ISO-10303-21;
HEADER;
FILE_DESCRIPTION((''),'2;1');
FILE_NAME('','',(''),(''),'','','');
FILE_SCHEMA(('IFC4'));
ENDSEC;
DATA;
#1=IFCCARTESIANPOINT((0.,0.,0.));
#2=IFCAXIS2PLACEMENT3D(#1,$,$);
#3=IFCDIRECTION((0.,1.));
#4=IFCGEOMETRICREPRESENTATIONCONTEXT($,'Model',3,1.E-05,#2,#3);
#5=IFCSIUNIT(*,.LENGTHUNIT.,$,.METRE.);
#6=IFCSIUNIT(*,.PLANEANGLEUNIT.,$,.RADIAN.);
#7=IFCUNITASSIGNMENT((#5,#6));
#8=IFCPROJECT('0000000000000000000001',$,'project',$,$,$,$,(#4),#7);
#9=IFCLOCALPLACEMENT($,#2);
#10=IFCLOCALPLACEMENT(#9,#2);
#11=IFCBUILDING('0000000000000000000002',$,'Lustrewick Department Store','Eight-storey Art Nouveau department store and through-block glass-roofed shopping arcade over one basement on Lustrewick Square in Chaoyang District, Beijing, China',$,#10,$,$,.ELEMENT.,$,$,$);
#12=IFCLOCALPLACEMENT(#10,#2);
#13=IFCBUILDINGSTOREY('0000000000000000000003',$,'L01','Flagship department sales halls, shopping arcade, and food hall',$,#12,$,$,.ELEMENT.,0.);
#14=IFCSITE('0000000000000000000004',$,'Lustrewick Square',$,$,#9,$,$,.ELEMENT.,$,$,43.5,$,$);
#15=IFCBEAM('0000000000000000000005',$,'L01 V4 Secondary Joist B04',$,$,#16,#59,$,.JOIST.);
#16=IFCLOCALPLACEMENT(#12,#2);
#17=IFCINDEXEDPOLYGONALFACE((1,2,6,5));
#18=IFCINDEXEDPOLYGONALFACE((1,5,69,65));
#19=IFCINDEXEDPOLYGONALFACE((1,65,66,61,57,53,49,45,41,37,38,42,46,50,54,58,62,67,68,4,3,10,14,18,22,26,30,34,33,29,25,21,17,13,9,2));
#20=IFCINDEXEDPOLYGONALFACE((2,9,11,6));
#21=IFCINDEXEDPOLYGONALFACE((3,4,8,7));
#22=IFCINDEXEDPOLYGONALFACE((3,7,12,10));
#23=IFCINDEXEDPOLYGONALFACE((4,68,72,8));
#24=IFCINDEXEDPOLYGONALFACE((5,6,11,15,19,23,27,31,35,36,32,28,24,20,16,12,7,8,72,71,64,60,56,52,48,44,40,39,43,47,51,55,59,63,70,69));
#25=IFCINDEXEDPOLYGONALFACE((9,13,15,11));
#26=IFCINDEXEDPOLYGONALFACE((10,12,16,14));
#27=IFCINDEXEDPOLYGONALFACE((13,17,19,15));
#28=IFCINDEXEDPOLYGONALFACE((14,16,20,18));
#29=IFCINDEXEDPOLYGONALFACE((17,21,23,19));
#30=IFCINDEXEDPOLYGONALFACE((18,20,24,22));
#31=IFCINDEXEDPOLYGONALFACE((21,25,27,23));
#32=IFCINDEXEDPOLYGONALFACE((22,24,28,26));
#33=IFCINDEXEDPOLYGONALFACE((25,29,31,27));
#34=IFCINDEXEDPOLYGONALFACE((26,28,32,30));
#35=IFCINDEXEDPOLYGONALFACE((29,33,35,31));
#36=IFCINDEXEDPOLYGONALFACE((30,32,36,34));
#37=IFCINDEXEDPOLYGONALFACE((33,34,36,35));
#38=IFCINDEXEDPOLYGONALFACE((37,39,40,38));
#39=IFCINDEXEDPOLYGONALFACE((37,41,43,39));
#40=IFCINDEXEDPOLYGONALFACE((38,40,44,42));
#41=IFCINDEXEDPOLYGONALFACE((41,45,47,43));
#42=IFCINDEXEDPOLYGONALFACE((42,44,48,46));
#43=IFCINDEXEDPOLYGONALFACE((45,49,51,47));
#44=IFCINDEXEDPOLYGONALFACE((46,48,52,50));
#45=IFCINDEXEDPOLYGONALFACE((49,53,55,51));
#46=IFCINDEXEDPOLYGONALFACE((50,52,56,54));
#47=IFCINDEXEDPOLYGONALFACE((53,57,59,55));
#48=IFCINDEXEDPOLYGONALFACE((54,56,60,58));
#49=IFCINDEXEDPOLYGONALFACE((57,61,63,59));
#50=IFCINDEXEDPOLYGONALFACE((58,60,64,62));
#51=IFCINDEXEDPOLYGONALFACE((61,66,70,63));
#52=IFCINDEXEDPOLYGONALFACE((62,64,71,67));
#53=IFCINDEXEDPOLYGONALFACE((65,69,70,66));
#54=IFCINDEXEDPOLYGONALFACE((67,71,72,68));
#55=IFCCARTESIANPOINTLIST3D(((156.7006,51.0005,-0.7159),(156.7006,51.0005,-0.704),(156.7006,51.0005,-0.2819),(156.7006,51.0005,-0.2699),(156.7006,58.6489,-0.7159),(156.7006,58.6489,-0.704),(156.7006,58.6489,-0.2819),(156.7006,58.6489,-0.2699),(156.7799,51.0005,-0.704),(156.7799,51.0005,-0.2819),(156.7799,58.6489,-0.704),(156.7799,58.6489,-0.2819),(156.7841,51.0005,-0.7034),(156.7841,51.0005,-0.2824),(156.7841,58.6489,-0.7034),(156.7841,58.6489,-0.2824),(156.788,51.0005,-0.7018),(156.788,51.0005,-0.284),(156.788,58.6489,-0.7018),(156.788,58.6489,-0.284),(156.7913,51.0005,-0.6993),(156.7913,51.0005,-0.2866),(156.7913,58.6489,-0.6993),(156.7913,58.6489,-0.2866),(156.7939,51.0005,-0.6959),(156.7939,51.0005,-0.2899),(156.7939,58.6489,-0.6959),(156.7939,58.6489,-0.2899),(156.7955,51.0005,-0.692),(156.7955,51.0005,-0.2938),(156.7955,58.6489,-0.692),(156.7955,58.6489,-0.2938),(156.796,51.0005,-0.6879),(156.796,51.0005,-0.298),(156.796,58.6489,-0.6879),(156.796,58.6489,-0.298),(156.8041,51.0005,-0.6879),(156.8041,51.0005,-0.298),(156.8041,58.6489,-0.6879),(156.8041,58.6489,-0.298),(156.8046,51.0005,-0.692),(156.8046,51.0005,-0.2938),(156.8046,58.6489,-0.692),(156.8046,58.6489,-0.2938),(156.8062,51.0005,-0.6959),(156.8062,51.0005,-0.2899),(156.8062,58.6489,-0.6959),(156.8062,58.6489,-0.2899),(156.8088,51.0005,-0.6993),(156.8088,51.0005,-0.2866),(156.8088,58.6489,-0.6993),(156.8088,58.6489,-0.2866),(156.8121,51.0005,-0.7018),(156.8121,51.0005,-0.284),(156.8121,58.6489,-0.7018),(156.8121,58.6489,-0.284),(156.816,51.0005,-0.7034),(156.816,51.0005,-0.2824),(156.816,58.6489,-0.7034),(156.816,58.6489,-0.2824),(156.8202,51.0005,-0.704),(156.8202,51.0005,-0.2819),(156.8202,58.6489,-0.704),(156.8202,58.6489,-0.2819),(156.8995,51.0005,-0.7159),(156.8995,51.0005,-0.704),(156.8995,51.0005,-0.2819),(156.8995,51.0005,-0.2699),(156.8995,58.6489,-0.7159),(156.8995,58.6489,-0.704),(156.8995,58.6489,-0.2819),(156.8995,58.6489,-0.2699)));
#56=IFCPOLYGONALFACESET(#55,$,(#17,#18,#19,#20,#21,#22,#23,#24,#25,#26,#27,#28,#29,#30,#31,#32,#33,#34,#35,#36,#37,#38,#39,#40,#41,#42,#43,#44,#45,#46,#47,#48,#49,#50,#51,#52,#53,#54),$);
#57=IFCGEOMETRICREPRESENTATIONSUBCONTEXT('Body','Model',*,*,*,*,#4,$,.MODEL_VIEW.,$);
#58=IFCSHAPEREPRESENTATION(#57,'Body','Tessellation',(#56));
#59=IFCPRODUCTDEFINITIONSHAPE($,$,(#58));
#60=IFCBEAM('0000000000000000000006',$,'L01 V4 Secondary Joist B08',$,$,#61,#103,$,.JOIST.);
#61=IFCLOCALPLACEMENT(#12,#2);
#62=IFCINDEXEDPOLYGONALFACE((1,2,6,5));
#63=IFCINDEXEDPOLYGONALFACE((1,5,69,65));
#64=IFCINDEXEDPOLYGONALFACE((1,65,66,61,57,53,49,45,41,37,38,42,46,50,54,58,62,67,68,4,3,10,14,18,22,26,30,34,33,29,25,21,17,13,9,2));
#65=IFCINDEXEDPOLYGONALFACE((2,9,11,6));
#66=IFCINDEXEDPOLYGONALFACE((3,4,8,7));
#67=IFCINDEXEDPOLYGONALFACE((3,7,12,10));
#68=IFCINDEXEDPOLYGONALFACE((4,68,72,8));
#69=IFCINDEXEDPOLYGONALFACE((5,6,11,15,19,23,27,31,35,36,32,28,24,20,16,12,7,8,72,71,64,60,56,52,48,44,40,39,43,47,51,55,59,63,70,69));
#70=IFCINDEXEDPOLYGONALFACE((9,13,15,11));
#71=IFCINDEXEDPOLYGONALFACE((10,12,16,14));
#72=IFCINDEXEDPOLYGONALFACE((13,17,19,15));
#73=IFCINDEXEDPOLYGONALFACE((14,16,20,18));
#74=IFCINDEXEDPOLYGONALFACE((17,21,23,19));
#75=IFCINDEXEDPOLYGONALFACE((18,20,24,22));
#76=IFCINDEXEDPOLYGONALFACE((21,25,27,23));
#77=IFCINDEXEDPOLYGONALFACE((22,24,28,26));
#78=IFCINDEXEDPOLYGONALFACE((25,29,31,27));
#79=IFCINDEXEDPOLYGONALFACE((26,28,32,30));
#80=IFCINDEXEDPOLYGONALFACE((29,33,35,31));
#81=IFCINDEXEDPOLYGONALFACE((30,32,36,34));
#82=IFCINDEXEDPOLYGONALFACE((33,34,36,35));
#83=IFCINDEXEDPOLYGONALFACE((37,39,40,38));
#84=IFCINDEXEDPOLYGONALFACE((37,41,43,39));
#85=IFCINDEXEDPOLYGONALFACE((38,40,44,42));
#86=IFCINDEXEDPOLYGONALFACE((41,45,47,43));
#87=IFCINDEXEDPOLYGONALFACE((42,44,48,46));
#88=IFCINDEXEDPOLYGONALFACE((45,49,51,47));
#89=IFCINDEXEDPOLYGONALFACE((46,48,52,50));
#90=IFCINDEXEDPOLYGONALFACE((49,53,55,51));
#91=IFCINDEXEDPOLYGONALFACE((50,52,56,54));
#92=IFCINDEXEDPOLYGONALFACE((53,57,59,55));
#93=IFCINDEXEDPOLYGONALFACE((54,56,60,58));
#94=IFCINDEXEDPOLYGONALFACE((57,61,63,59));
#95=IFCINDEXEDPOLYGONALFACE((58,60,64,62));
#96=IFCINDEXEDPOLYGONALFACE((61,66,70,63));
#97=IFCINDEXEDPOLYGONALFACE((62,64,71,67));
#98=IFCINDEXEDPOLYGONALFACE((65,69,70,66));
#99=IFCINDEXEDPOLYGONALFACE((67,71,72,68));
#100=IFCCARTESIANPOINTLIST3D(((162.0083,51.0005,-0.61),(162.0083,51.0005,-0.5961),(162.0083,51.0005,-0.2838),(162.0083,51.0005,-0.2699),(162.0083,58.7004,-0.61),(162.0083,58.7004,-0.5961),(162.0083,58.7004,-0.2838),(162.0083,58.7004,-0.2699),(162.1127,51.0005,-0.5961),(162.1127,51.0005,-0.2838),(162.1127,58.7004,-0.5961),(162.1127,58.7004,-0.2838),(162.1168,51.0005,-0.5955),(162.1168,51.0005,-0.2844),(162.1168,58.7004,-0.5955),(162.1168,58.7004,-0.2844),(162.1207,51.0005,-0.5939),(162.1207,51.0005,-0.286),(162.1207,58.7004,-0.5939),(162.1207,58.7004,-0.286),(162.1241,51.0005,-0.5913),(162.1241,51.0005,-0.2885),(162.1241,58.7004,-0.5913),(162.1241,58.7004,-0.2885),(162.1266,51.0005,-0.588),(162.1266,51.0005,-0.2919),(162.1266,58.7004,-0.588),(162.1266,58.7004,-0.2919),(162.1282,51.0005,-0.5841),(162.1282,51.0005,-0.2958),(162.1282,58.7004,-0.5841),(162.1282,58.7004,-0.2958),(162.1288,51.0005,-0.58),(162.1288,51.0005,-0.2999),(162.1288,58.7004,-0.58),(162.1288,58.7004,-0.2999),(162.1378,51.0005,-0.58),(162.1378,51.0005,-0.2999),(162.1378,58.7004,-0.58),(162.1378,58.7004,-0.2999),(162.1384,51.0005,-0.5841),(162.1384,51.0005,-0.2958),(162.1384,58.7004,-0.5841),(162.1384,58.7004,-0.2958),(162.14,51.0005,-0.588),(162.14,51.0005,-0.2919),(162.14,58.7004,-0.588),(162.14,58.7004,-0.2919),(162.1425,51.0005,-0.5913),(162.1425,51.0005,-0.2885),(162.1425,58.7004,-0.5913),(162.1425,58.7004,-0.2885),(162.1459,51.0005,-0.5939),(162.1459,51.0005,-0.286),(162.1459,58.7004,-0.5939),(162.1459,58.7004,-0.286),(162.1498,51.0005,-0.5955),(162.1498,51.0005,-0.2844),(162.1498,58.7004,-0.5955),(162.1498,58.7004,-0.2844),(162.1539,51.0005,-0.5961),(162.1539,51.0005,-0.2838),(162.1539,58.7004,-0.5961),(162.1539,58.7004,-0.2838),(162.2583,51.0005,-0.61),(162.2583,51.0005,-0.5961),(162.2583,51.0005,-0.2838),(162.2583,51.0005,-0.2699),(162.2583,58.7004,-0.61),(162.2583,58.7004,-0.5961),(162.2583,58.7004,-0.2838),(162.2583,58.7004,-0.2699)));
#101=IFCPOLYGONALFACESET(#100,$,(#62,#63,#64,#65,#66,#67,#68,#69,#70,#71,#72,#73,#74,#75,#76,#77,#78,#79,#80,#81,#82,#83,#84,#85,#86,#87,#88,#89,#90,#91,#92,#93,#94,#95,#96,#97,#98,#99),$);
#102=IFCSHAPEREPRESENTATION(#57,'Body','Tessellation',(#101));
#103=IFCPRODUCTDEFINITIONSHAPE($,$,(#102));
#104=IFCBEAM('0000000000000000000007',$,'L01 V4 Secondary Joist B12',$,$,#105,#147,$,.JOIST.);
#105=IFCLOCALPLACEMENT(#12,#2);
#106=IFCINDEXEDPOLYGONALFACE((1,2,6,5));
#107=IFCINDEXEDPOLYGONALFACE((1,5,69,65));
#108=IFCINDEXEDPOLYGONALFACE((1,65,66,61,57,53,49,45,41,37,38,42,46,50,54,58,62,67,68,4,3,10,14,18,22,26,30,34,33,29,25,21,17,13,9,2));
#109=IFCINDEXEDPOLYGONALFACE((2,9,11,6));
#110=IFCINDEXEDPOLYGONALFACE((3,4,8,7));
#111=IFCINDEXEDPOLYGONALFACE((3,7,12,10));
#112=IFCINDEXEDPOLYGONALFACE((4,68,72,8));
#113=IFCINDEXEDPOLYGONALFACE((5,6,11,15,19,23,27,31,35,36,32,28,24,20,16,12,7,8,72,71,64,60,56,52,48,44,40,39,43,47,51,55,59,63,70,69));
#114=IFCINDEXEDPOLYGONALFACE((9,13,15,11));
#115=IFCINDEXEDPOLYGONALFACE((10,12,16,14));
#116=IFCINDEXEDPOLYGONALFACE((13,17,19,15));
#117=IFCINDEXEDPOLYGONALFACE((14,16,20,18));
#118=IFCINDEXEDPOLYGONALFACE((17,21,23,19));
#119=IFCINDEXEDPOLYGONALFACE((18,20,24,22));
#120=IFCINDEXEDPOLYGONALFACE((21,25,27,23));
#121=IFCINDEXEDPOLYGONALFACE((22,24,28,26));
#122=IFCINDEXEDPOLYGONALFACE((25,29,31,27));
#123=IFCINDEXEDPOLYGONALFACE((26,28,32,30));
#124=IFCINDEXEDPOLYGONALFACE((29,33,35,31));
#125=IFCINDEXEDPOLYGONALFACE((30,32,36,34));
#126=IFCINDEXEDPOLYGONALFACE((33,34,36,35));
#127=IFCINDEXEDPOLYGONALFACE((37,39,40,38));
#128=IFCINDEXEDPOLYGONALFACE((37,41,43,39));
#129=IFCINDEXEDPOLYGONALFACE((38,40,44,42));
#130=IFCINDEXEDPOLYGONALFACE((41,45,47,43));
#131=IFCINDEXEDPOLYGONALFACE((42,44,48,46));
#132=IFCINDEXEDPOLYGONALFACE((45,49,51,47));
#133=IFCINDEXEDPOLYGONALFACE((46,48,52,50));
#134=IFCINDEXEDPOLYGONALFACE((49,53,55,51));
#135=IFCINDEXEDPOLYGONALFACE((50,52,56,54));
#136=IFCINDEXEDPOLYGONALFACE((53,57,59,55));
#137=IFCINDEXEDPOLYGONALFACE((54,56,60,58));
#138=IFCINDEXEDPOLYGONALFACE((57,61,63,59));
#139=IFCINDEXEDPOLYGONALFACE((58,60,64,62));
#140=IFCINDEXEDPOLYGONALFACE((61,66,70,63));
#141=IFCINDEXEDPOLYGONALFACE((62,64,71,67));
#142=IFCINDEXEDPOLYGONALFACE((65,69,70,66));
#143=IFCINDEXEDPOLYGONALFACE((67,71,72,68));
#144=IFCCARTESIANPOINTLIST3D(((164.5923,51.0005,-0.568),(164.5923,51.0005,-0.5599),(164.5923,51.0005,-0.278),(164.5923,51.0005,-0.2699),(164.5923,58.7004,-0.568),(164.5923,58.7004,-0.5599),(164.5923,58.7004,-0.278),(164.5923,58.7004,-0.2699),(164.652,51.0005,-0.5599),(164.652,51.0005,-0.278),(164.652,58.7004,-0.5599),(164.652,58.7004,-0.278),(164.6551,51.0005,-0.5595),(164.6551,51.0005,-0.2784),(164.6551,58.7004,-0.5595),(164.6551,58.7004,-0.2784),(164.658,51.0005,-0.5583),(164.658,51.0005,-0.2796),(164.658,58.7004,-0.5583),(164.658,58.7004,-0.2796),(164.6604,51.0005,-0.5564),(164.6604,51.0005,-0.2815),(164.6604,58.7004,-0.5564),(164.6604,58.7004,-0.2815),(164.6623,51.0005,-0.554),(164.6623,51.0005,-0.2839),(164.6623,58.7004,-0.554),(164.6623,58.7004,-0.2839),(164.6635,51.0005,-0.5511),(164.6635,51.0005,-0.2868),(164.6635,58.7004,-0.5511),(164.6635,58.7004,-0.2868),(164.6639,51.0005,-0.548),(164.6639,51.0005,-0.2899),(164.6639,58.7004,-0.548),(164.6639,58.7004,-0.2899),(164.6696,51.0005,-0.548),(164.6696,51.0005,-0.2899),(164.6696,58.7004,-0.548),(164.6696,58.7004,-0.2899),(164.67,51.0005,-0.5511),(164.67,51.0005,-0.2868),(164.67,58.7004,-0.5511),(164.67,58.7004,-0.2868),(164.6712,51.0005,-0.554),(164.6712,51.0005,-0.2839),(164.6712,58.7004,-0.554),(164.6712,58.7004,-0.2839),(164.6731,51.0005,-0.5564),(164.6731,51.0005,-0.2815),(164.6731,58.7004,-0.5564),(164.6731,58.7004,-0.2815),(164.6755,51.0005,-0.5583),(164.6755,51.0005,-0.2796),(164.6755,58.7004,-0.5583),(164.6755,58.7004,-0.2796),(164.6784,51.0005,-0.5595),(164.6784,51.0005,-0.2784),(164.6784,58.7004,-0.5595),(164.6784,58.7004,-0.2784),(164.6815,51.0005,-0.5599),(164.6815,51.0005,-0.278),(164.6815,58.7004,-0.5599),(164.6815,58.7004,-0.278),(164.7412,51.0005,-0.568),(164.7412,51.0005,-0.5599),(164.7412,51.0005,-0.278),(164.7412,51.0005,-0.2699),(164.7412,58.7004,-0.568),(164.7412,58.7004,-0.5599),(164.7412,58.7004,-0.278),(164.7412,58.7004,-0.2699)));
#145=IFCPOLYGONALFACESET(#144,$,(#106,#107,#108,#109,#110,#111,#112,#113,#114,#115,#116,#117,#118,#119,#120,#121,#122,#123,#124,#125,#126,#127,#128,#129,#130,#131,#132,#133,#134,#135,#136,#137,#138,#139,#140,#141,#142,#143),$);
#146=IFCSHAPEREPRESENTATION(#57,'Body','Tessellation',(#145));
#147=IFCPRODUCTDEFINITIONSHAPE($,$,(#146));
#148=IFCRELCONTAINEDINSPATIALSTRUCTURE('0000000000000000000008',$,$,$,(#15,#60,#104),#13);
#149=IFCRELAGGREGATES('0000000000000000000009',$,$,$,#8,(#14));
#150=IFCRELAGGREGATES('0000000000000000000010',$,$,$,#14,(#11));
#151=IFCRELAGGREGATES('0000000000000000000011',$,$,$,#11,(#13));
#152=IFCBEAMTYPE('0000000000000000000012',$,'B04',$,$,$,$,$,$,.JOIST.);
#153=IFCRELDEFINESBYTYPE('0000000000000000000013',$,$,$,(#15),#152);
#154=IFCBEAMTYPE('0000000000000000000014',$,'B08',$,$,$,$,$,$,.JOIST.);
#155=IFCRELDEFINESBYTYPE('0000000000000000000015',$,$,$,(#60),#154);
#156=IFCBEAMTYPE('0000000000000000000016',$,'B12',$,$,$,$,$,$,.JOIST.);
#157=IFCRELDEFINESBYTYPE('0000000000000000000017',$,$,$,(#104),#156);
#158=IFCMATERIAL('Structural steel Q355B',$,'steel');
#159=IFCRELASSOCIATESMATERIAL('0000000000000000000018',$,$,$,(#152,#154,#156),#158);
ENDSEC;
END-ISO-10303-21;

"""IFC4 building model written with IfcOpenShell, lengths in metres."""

from ifc_helpers import new_model, si_unit, direction, frame, origin, origin_2d, place, context, subcontext, project, spatial, i_section, extrude, material, material_profile, profile_set, type_object, element, save


model = new_model("IFC4")

# Units and contexts
model_context = context("Model", 3, precision=1e-05, world=origin(), true_north=direction((0.0, 1.0)))
body_context = subcontext(model_context, "Body", "Model", "MODEL_VIEW")
ifc_project = project(units=[si_unit("LENGTHUNIT", "METRE"), si_unit("PLANEANGLEUNIT", "RADIAN")], contexts=[model_context])

# Site, building, storey
site_placement = place(None, origin())
site = spatial("IfcSite", under=ifc_project, at=site_placement, Name="Lustrewick Square", CompositionType="ELEMENT", RefElevation=43.5)
building_placement = place(site_placement, origin())
building = spatial("IfcBuilding", under=site, at=building_placement, Name="Lustrewick Department Store", Description="Eight-storey Art Nouveau department store and through-block glass-roofed shopping arcade over one basement on Lustrewick Square in Chaoyang District, Beijing, China", CompositionType="ELEMENT")
storey_placement = place(building_placement, origin())
storey = spatial("IfcBuildingStorey", under=building, at=storey_placement, Name="L01", Description="Flagship department sales halls, shopping arcade, and food hall", CompositionType="ELEMENT", Elevation=0.0)

# Beams
ifc_material_1 = material(Name="Structural steel Q355B", Category="steel")
ifc_material_profile_1 = material_profile(ifc_material_1, i_section(OverallWidth=0.199, OverallDepth=0.446, WebThickness=0.0081, FlangeThickness=0.012, FilletRadius=0.0161, at=origin_2d()), Name="HN 446x199x8x12")
ifc_profile_set_1 = profile_set([ifc_material_profile_1], Name="Structural steel Q355B")
beam_type_1 = type_object("IfcBeamType", Name="B04", PredefinedType="JOIST", material=ifc_profile_set_1)
beam_1_placement = place(storey_placement, frame((156.8, 51.0005, -0.4929), z_axis=(0.0, 1.0, 0.0), x_axis=(-1.0, 0.0, 0.0)))
element("IfcBeam", 1, at=beam_1_placement, inside=storey, type_object=beam_type_1, Name="L01 V4 Secondary Joist B04", PredefinedType="JOIST", context=body_context, shape_type="SweptSolid", body=[
    extrude(i_section(OverallWidth=0.199, OverallDepth=0.446, WebThickness=0.0081, FlangeThickness=0.012, FilletRadius=0.0161, at=origin_2d()), origin(), (0.0, 0.0, 1.0), 7.6484),
])
ifc_material_profile_2 = material_profile(ifc_material_1, i_section(OverallWidth=0.25, OverallDepth=0.3401, WebThickness=0.009, FlangeThickness=0.0139, FilletRadius=0.0161, at=origin_2d()), Name="HM 340x250x9x14")
ifc_profile_set_2 = profile_set([ifc_material_profile_2], Name="Structural steel Q355B")
beam_type_2 = type_object("IfcBeamType", Name="B08", PredefinedType="JOIST", material=ifc_profile_set_2)
beam_2_placement = place(storey_placement, frame((162.1333, 51.0005, -0.4399), z_axis=(0.0, 1.0, 0.0), x_axis=(-1.0, 0.0, 0.0)))
element("IfcBeam", 2, at=beam_2_placement, inside=storey, type_object=beam_type_2, Name="L01 V4 Secondary Joist B08", PredefinedType="JOIST", context=body_context, shape_type="SweptSolid", body=[
    extrude(i_section(OverallWidth=0.25, OverallDepth=0.3401, WebThickness=0.009, FlangeThickness=0.0139, FilletRadius=0.0161, at=origin_2d()), origin(), (0.0, 0.0, 1.0), 7.7),
])
ifc_material_profile_3 = material_profile(ifc_material_1, i_section(OverallWidth=0.1489, OverallDepth=0.2981, WebThickness=0.0056, FlangeThickness=0.0081, FilletRadius=0.012, at=origin_2d()), Name="HN 298x149x5.5x8")
ifc_profile_set_3 = profile_set([ifc_material_profile_3], Name="Structural steel Q355B")
beam_type_3 = type_object("IfcBeamType", Name="B12", PredefinedType="JOIST", material=ifc_profile_set_3)
beam_3_placement = place(storey_placement, frame((164.6667, 51.0005, -0.4189), z_axis=(0.0, 1.0, 0.0), x_axis=(-1.0, 0.0, 0.0)))
element("IfcBeam", 3, at=beam_3_placement, inside=storey, type_object=beam_type_3, Name="L01 V4 Secondary Joist B12", PredefinedType="JOIST", context=body_context, shape_type="SweptSolid", body=[
    extrude(i_section(OverallWidth=0.1489, OverallDepth=0.2981, WebThickness=0.0056, FlangeThickness=0.0081, FilletRadius=0.012, at=origin_2d()), origin(), (0.0, 0.0, 1.0), 7.7),
])

save(model, "model.ifc")
